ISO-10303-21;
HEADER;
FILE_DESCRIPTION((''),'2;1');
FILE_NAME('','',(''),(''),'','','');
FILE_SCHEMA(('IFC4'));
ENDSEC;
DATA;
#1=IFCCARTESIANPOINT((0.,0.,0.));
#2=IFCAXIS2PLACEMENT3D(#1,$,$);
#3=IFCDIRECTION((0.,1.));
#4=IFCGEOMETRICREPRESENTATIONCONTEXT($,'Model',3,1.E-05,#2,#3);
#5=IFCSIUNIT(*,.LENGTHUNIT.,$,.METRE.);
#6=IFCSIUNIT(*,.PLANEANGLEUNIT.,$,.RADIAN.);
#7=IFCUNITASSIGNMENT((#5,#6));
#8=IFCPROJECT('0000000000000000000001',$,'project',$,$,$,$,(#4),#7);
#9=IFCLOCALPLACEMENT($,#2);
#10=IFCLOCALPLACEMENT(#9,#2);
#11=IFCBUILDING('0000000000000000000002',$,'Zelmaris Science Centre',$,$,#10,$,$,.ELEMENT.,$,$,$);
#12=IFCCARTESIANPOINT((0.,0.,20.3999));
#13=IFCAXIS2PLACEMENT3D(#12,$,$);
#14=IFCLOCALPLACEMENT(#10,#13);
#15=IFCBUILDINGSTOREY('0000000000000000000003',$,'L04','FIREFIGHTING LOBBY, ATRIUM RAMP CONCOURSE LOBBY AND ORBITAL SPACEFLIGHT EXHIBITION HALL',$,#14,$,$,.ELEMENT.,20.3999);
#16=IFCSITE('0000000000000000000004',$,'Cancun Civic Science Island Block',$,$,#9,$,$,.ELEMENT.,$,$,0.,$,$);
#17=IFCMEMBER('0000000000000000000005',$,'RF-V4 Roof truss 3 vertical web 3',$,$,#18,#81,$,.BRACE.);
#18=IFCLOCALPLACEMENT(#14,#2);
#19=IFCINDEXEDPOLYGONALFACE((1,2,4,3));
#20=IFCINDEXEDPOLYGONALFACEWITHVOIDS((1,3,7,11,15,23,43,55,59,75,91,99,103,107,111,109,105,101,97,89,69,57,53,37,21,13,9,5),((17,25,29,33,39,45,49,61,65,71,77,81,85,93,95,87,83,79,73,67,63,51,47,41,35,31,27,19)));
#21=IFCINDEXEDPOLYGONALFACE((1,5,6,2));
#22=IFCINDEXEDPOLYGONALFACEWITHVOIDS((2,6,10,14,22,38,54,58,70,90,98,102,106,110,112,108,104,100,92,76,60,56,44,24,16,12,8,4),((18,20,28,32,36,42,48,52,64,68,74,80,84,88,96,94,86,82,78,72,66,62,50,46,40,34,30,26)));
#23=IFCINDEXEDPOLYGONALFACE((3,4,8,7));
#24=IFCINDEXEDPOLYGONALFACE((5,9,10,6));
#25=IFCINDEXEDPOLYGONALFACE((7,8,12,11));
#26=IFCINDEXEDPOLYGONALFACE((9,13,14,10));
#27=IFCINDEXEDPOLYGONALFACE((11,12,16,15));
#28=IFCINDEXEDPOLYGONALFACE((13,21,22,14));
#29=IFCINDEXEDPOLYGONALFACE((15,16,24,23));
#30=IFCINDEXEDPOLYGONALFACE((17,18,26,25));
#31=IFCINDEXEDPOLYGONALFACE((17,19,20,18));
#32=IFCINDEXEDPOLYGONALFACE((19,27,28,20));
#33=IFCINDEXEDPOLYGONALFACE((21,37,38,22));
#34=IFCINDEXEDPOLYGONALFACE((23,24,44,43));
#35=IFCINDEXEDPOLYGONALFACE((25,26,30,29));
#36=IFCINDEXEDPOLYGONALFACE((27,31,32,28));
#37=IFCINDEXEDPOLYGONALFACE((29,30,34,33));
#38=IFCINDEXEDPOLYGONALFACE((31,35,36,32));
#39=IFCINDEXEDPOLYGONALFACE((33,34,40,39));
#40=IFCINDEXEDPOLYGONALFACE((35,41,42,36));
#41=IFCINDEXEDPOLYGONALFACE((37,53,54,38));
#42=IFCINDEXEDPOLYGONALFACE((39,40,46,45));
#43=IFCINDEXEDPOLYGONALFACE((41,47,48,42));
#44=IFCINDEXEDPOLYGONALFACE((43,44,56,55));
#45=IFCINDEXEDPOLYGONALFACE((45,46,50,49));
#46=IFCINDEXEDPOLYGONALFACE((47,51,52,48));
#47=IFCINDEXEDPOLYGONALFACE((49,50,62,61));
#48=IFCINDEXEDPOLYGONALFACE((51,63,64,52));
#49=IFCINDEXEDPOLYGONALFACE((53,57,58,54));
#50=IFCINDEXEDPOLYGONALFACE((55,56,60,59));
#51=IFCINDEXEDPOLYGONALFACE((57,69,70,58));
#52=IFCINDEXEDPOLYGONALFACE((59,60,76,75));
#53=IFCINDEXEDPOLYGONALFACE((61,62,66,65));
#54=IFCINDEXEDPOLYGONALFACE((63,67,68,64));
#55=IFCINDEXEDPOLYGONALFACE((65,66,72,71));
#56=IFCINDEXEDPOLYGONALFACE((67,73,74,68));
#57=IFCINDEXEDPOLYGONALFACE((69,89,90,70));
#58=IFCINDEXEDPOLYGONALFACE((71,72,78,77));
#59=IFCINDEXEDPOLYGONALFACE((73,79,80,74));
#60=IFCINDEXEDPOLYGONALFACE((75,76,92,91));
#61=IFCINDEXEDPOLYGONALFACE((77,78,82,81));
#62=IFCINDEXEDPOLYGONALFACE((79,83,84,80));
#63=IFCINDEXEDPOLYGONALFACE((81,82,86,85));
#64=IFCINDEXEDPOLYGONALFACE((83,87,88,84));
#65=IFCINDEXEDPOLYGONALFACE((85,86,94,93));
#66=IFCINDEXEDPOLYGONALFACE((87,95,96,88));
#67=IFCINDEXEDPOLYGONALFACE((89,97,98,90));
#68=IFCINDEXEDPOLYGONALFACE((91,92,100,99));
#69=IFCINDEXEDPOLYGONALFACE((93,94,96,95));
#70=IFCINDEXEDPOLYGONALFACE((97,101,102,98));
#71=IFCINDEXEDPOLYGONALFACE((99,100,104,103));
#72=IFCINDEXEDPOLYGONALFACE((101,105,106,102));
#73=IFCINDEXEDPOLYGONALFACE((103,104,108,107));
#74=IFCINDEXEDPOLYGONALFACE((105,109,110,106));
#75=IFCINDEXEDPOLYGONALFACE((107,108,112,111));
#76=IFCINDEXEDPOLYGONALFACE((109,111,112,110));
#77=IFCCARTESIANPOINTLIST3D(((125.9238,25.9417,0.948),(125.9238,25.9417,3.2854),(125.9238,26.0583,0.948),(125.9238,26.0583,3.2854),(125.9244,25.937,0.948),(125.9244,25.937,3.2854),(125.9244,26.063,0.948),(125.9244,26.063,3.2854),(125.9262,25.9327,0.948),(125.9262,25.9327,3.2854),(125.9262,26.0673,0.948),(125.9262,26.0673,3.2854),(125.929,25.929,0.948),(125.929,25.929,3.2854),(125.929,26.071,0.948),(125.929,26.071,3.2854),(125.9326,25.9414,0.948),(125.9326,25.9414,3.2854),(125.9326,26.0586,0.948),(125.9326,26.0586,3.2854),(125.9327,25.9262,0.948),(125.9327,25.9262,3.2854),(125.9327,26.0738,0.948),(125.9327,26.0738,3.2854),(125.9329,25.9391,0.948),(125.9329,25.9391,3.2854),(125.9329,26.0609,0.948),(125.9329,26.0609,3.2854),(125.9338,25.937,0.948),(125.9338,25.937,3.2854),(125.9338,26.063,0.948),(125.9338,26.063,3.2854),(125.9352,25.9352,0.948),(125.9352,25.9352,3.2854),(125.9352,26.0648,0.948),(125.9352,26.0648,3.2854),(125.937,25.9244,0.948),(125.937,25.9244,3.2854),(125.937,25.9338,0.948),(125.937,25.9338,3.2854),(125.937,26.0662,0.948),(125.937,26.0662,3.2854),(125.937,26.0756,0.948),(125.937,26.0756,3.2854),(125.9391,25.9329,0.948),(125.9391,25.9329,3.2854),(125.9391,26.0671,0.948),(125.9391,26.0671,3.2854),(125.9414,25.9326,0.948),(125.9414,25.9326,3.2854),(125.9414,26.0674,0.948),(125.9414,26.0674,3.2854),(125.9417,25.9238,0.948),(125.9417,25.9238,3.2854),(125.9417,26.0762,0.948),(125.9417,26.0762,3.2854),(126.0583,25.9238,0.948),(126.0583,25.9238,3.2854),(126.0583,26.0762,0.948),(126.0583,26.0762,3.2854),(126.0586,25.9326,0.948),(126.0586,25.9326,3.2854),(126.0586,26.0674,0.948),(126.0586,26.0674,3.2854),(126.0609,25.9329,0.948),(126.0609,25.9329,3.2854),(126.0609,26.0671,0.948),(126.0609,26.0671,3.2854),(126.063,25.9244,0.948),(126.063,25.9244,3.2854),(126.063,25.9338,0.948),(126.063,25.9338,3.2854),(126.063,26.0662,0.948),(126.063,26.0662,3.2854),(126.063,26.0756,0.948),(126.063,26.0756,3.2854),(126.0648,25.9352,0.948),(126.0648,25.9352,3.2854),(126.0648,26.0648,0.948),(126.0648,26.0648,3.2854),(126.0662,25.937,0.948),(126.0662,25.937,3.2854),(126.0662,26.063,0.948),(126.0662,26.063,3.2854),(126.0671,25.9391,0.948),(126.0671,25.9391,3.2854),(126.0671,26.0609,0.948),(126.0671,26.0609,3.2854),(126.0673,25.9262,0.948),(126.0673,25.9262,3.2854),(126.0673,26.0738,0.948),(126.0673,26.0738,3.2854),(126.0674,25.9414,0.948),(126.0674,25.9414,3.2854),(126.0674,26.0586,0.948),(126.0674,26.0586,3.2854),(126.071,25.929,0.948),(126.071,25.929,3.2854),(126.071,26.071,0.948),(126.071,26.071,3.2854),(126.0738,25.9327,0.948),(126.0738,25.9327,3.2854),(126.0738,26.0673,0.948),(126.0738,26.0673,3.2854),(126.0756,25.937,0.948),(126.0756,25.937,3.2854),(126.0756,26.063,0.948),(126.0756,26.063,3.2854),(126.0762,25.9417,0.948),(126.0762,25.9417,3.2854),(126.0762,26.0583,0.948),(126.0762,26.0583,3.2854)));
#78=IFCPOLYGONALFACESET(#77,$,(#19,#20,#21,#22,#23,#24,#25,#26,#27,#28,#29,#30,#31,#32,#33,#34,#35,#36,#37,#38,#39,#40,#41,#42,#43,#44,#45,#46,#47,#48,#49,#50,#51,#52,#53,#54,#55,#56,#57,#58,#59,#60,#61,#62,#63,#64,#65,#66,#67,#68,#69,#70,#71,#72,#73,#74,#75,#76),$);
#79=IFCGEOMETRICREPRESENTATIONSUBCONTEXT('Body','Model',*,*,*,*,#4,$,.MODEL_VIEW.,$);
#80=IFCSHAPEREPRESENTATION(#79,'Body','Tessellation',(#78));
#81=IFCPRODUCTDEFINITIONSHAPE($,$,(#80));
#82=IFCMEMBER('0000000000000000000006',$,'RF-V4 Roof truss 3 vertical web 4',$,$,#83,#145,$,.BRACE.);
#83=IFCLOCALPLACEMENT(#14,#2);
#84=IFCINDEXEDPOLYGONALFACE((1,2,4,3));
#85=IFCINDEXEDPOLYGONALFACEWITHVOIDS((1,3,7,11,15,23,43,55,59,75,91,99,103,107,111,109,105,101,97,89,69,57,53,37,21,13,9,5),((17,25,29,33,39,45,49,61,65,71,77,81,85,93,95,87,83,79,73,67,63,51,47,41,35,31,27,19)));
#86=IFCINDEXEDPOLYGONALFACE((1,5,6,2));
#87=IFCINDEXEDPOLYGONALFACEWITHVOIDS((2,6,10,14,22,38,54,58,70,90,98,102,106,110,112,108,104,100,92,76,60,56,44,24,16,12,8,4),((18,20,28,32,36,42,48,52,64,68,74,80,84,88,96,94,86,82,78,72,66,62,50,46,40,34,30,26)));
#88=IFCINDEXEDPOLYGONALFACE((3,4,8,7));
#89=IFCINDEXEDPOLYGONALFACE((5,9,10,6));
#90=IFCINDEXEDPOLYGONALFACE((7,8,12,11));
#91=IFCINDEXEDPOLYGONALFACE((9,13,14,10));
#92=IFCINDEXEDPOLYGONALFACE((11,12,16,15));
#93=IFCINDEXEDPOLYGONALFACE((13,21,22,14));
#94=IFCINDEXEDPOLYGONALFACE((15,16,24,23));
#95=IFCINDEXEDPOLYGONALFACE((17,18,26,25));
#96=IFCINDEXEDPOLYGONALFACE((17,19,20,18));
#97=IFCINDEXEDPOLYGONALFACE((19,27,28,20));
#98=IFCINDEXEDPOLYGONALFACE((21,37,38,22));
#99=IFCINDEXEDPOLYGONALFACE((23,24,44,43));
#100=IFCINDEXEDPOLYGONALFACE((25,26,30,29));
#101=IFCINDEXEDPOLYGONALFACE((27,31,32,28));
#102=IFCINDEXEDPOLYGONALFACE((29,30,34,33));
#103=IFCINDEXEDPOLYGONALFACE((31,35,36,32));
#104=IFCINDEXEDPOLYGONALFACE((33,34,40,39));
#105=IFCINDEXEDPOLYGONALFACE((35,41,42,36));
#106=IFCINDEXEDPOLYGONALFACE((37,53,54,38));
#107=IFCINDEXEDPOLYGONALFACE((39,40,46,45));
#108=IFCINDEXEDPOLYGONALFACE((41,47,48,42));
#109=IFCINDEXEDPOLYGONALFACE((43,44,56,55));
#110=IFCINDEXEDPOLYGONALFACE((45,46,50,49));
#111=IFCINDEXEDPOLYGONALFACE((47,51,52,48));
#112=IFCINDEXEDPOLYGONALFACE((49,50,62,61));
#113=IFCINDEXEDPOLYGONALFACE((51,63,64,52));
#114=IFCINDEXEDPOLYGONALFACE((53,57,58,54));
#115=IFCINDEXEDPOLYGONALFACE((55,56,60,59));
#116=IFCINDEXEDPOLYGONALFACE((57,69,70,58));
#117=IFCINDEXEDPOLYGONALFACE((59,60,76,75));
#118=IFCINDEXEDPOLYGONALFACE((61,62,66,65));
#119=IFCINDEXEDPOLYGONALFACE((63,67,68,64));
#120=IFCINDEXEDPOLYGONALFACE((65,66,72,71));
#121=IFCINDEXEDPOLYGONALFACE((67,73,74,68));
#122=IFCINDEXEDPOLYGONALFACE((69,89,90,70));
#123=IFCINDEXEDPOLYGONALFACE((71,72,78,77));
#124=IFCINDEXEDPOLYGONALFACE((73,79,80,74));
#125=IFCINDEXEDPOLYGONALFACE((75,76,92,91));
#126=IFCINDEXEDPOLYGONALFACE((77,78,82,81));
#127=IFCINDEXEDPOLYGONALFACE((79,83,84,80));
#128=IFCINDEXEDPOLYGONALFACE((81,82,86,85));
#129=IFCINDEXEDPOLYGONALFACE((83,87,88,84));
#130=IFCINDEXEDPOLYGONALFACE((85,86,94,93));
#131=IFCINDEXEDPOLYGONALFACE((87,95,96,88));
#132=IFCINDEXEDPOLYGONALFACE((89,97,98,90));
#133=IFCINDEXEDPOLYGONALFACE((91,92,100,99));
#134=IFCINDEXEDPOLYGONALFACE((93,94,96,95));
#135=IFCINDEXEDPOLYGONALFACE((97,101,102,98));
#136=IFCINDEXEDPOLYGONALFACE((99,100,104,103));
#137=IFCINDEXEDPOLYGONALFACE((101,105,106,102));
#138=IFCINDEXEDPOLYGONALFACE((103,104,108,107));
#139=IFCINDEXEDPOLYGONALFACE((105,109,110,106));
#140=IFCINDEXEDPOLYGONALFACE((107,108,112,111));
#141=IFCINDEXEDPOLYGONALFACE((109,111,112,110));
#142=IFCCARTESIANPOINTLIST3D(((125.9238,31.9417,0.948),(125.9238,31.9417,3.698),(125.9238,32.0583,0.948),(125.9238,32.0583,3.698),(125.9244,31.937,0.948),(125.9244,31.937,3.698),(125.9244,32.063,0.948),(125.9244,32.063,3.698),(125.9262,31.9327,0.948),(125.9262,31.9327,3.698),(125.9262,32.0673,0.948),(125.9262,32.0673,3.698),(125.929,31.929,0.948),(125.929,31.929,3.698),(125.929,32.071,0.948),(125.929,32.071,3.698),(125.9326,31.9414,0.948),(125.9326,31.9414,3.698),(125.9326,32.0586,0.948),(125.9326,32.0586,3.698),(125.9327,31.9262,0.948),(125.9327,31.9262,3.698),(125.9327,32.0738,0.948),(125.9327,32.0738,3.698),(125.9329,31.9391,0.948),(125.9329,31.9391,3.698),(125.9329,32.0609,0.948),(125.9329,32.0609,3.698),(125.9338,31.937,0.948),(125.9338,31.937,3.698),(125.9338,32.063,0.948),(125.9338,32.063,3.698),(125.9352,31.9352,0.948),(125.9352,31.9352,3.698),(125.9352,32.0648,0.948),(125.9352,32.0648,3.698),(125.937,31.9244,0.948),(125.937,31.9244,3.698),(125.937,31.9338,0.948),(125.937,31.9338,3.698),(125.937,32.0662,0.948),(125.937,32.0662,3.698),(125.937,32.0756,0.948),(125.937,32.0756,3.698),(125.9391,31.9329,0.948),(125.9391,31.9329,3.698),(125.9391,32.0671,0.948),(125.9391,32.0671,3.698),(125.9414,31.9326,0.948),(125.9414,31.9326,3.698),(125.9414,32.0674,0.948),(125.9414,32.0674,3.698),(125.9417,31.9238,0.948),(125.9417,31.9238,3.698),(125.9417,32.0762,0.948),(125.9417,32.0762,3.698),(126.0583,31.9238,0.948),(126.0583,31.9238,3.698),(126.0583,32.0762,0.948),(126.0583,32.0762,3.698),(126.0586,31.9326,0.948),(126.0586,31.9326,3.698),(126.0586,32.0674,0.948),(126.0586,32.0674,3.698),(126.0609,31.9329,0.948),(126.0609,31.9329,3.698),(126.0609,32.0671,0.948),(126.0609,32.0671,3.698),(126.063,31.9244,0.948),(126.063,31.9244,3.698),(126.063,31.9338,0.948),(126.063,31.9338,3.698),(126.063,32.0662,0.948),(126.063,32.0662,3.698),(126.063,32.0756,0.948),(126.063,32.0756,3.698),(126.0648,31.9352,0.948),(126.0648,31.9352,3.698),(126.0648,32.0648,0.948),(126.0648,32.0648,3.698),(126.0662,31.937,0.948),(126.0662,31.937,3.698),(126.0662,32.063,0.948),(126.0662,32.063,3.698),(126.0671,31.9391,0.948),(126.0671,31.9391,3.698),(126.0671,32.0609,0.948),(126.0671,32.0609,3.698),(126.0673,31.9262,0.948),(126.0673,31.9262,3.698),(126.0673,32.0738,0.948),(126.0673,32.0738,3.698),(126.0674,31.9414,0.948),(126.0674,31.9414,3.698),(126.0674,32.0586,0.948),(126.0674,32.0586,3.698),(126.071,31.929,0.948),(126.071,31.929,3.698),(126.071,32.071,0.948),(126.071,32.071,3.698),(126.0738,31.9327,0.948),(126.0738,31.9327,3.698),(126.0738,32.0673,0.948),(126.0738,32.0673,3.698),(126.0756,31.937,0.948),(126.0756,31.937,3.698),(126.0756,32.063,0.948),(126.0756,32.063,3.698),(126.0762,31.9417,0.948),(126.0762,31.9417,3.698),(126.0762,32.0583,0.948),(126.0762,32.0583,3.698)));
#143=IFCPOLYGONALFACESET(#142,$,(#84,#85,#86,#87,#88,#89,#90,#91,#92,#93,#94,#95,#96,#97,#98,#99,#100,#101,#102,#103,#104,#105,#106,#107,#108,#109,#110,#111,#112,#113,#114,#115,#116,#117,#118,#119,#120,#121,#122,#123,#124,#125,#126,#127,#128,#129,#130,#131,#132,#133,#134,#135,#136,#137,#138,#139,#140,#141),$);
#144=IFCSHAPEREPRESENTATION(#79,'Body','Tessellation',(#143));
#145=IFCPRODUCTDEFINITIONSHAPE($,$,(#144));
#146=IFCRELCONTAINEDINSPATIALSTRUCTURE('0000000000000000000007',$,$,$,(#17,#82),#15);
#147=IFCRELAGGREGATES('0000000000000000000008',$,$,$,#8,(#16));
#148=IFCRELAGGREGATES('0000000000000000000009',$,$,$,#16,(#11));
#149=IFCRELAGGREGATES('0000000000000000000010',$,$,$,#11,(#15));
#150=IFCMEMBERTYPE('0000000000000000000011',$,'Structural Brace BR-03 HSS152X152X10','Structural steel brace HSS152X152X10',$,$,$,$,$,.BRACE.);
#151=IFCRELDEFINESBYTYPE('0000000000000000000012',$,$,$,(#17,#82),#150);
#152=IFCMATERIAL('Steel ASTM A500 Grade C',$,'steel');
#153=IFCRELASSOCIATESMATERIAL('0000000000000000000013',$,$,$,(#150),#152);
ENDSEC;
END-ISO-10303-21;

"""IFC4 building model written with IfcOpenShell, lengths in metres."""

from ifc_helpers import new_model, si_unit, direction, frame, origin, origin_2d, place, context, subcontext, project, spatial, hollow_rectangle, extrude, material, material_profile, profile_set, type_object, element, save


model = new_model("IFC4")

# Units and contexts
model_context = context("Model", 3, precision=1e-05, world=origin(), true_north=direction((0.0, 1.0)))
body_context = subcontext(model_context, "Body", "Model", "MODEL_VIEW")
ifc_project = project(units=[si_unit("LENGTHUNIT", "METRE"), si_unit("PLANEANGLEUNIT", "RADIAN")], contexts=[model_context])

# Site, building, storey
site_placement = place(None, origin())
site = spatial("IfcSite", under=ifc_project, at=site_placement, Name="Cancun Civic Science Island Block", CompositionType="ELEMENT", RefElevation=0.0)
building_placement = place(site_placement, origin())
building = spatial("IfcBuilding", under=site, at=building_placement, Name="Zelmaris Science Centre", CompositionType="ELEMENT")
storey_placement = place(building_placement, frame((0.0, 0.0, 20.3999)))
storey = spatial("IfcBuildingStorey", under=building, at=storey_placement, Name="L04", Description="FIREFIGHTING LOBBY, ATRIUM RAMP CONCOURSE LOBBY AND ORBITAL SPACEFLIGHT EXHIBITION HALL", CompositionType="ELEMENT", Elevation=20.3999)

# Shared definitions
ifc_material = material(Name="Steel ASTM A500 Grade C", Category="steel")

# Members
ifc_material_profile_1 = material_profile(ifc_material, hollow_rectangle(XDim=0.1523, YDim=0.1523, WallThickness=0.0088, InnerFilletRadius=0.0088, OuterFilletRadius=0.0178, at=origin_2d()), Name="HSS152X152X10")
ifc_profile_set_1 = profile_set([ifc_material_profile_1], Name="Steel ASTM A500 Grade C")
member_type_1 = type_object("IfcMemberType", Name="Structural Brace BR-03 HSS152X152X10", Description="Structural steel brace HSS152X152X10", PredefinedType="BRACE", material=ifc_profile_set_1)
member_1_placement = place(storey_placement, frame((126.0, 26.0, 0.948), z_axis=(0.0, 0.0, 1.0), x_axis=(1.0, 0.0, 0.0)))
element("IfcMember", 1, at=member_1_placement, inside=storey, type_object=member_type_1, Name="RF-V4 Roof truss 3 vertical web 3", PredefinedType="BRACE", context=body_context, shape_type="SweptSolid", body=[
    extrude(hollow_rectangle(XDim=0.1523, YDim=0.1523, WallThickness=0.0088, InnerFilletRadius=0.0088, OuterFilletRadius=0.0178, at=origin_2d()), origin(), (0.0, 0.0, 1.0), 2.3374),
])
member_2_placement = place(storey_placement, frame((126.0, 32.0, 0.948), z_axis=(0.0, 0.0, 1.0), x_axis=(1.0, 0.0, 0.0)))
element("IfcMember", 2, at=member_2_placement, inside=storey, type_object=member_type_1, Name="RF-V4 Roof truss 3 vertical web 4", PredefinedType="BRACE", context=body_context, shape_type="SweptSolid", body=[
    extrude(hollow_rectangle(XDim=0.1523, YDim=0.1523, WallThickness=0.0088, InnerFilletRadius=0.0088, OuterFilletRadius=0.0178, at=origin_2d()), origin(), (0.0, 0.0, 1.0), 2.75),
])

save(model, "model.ifc")
